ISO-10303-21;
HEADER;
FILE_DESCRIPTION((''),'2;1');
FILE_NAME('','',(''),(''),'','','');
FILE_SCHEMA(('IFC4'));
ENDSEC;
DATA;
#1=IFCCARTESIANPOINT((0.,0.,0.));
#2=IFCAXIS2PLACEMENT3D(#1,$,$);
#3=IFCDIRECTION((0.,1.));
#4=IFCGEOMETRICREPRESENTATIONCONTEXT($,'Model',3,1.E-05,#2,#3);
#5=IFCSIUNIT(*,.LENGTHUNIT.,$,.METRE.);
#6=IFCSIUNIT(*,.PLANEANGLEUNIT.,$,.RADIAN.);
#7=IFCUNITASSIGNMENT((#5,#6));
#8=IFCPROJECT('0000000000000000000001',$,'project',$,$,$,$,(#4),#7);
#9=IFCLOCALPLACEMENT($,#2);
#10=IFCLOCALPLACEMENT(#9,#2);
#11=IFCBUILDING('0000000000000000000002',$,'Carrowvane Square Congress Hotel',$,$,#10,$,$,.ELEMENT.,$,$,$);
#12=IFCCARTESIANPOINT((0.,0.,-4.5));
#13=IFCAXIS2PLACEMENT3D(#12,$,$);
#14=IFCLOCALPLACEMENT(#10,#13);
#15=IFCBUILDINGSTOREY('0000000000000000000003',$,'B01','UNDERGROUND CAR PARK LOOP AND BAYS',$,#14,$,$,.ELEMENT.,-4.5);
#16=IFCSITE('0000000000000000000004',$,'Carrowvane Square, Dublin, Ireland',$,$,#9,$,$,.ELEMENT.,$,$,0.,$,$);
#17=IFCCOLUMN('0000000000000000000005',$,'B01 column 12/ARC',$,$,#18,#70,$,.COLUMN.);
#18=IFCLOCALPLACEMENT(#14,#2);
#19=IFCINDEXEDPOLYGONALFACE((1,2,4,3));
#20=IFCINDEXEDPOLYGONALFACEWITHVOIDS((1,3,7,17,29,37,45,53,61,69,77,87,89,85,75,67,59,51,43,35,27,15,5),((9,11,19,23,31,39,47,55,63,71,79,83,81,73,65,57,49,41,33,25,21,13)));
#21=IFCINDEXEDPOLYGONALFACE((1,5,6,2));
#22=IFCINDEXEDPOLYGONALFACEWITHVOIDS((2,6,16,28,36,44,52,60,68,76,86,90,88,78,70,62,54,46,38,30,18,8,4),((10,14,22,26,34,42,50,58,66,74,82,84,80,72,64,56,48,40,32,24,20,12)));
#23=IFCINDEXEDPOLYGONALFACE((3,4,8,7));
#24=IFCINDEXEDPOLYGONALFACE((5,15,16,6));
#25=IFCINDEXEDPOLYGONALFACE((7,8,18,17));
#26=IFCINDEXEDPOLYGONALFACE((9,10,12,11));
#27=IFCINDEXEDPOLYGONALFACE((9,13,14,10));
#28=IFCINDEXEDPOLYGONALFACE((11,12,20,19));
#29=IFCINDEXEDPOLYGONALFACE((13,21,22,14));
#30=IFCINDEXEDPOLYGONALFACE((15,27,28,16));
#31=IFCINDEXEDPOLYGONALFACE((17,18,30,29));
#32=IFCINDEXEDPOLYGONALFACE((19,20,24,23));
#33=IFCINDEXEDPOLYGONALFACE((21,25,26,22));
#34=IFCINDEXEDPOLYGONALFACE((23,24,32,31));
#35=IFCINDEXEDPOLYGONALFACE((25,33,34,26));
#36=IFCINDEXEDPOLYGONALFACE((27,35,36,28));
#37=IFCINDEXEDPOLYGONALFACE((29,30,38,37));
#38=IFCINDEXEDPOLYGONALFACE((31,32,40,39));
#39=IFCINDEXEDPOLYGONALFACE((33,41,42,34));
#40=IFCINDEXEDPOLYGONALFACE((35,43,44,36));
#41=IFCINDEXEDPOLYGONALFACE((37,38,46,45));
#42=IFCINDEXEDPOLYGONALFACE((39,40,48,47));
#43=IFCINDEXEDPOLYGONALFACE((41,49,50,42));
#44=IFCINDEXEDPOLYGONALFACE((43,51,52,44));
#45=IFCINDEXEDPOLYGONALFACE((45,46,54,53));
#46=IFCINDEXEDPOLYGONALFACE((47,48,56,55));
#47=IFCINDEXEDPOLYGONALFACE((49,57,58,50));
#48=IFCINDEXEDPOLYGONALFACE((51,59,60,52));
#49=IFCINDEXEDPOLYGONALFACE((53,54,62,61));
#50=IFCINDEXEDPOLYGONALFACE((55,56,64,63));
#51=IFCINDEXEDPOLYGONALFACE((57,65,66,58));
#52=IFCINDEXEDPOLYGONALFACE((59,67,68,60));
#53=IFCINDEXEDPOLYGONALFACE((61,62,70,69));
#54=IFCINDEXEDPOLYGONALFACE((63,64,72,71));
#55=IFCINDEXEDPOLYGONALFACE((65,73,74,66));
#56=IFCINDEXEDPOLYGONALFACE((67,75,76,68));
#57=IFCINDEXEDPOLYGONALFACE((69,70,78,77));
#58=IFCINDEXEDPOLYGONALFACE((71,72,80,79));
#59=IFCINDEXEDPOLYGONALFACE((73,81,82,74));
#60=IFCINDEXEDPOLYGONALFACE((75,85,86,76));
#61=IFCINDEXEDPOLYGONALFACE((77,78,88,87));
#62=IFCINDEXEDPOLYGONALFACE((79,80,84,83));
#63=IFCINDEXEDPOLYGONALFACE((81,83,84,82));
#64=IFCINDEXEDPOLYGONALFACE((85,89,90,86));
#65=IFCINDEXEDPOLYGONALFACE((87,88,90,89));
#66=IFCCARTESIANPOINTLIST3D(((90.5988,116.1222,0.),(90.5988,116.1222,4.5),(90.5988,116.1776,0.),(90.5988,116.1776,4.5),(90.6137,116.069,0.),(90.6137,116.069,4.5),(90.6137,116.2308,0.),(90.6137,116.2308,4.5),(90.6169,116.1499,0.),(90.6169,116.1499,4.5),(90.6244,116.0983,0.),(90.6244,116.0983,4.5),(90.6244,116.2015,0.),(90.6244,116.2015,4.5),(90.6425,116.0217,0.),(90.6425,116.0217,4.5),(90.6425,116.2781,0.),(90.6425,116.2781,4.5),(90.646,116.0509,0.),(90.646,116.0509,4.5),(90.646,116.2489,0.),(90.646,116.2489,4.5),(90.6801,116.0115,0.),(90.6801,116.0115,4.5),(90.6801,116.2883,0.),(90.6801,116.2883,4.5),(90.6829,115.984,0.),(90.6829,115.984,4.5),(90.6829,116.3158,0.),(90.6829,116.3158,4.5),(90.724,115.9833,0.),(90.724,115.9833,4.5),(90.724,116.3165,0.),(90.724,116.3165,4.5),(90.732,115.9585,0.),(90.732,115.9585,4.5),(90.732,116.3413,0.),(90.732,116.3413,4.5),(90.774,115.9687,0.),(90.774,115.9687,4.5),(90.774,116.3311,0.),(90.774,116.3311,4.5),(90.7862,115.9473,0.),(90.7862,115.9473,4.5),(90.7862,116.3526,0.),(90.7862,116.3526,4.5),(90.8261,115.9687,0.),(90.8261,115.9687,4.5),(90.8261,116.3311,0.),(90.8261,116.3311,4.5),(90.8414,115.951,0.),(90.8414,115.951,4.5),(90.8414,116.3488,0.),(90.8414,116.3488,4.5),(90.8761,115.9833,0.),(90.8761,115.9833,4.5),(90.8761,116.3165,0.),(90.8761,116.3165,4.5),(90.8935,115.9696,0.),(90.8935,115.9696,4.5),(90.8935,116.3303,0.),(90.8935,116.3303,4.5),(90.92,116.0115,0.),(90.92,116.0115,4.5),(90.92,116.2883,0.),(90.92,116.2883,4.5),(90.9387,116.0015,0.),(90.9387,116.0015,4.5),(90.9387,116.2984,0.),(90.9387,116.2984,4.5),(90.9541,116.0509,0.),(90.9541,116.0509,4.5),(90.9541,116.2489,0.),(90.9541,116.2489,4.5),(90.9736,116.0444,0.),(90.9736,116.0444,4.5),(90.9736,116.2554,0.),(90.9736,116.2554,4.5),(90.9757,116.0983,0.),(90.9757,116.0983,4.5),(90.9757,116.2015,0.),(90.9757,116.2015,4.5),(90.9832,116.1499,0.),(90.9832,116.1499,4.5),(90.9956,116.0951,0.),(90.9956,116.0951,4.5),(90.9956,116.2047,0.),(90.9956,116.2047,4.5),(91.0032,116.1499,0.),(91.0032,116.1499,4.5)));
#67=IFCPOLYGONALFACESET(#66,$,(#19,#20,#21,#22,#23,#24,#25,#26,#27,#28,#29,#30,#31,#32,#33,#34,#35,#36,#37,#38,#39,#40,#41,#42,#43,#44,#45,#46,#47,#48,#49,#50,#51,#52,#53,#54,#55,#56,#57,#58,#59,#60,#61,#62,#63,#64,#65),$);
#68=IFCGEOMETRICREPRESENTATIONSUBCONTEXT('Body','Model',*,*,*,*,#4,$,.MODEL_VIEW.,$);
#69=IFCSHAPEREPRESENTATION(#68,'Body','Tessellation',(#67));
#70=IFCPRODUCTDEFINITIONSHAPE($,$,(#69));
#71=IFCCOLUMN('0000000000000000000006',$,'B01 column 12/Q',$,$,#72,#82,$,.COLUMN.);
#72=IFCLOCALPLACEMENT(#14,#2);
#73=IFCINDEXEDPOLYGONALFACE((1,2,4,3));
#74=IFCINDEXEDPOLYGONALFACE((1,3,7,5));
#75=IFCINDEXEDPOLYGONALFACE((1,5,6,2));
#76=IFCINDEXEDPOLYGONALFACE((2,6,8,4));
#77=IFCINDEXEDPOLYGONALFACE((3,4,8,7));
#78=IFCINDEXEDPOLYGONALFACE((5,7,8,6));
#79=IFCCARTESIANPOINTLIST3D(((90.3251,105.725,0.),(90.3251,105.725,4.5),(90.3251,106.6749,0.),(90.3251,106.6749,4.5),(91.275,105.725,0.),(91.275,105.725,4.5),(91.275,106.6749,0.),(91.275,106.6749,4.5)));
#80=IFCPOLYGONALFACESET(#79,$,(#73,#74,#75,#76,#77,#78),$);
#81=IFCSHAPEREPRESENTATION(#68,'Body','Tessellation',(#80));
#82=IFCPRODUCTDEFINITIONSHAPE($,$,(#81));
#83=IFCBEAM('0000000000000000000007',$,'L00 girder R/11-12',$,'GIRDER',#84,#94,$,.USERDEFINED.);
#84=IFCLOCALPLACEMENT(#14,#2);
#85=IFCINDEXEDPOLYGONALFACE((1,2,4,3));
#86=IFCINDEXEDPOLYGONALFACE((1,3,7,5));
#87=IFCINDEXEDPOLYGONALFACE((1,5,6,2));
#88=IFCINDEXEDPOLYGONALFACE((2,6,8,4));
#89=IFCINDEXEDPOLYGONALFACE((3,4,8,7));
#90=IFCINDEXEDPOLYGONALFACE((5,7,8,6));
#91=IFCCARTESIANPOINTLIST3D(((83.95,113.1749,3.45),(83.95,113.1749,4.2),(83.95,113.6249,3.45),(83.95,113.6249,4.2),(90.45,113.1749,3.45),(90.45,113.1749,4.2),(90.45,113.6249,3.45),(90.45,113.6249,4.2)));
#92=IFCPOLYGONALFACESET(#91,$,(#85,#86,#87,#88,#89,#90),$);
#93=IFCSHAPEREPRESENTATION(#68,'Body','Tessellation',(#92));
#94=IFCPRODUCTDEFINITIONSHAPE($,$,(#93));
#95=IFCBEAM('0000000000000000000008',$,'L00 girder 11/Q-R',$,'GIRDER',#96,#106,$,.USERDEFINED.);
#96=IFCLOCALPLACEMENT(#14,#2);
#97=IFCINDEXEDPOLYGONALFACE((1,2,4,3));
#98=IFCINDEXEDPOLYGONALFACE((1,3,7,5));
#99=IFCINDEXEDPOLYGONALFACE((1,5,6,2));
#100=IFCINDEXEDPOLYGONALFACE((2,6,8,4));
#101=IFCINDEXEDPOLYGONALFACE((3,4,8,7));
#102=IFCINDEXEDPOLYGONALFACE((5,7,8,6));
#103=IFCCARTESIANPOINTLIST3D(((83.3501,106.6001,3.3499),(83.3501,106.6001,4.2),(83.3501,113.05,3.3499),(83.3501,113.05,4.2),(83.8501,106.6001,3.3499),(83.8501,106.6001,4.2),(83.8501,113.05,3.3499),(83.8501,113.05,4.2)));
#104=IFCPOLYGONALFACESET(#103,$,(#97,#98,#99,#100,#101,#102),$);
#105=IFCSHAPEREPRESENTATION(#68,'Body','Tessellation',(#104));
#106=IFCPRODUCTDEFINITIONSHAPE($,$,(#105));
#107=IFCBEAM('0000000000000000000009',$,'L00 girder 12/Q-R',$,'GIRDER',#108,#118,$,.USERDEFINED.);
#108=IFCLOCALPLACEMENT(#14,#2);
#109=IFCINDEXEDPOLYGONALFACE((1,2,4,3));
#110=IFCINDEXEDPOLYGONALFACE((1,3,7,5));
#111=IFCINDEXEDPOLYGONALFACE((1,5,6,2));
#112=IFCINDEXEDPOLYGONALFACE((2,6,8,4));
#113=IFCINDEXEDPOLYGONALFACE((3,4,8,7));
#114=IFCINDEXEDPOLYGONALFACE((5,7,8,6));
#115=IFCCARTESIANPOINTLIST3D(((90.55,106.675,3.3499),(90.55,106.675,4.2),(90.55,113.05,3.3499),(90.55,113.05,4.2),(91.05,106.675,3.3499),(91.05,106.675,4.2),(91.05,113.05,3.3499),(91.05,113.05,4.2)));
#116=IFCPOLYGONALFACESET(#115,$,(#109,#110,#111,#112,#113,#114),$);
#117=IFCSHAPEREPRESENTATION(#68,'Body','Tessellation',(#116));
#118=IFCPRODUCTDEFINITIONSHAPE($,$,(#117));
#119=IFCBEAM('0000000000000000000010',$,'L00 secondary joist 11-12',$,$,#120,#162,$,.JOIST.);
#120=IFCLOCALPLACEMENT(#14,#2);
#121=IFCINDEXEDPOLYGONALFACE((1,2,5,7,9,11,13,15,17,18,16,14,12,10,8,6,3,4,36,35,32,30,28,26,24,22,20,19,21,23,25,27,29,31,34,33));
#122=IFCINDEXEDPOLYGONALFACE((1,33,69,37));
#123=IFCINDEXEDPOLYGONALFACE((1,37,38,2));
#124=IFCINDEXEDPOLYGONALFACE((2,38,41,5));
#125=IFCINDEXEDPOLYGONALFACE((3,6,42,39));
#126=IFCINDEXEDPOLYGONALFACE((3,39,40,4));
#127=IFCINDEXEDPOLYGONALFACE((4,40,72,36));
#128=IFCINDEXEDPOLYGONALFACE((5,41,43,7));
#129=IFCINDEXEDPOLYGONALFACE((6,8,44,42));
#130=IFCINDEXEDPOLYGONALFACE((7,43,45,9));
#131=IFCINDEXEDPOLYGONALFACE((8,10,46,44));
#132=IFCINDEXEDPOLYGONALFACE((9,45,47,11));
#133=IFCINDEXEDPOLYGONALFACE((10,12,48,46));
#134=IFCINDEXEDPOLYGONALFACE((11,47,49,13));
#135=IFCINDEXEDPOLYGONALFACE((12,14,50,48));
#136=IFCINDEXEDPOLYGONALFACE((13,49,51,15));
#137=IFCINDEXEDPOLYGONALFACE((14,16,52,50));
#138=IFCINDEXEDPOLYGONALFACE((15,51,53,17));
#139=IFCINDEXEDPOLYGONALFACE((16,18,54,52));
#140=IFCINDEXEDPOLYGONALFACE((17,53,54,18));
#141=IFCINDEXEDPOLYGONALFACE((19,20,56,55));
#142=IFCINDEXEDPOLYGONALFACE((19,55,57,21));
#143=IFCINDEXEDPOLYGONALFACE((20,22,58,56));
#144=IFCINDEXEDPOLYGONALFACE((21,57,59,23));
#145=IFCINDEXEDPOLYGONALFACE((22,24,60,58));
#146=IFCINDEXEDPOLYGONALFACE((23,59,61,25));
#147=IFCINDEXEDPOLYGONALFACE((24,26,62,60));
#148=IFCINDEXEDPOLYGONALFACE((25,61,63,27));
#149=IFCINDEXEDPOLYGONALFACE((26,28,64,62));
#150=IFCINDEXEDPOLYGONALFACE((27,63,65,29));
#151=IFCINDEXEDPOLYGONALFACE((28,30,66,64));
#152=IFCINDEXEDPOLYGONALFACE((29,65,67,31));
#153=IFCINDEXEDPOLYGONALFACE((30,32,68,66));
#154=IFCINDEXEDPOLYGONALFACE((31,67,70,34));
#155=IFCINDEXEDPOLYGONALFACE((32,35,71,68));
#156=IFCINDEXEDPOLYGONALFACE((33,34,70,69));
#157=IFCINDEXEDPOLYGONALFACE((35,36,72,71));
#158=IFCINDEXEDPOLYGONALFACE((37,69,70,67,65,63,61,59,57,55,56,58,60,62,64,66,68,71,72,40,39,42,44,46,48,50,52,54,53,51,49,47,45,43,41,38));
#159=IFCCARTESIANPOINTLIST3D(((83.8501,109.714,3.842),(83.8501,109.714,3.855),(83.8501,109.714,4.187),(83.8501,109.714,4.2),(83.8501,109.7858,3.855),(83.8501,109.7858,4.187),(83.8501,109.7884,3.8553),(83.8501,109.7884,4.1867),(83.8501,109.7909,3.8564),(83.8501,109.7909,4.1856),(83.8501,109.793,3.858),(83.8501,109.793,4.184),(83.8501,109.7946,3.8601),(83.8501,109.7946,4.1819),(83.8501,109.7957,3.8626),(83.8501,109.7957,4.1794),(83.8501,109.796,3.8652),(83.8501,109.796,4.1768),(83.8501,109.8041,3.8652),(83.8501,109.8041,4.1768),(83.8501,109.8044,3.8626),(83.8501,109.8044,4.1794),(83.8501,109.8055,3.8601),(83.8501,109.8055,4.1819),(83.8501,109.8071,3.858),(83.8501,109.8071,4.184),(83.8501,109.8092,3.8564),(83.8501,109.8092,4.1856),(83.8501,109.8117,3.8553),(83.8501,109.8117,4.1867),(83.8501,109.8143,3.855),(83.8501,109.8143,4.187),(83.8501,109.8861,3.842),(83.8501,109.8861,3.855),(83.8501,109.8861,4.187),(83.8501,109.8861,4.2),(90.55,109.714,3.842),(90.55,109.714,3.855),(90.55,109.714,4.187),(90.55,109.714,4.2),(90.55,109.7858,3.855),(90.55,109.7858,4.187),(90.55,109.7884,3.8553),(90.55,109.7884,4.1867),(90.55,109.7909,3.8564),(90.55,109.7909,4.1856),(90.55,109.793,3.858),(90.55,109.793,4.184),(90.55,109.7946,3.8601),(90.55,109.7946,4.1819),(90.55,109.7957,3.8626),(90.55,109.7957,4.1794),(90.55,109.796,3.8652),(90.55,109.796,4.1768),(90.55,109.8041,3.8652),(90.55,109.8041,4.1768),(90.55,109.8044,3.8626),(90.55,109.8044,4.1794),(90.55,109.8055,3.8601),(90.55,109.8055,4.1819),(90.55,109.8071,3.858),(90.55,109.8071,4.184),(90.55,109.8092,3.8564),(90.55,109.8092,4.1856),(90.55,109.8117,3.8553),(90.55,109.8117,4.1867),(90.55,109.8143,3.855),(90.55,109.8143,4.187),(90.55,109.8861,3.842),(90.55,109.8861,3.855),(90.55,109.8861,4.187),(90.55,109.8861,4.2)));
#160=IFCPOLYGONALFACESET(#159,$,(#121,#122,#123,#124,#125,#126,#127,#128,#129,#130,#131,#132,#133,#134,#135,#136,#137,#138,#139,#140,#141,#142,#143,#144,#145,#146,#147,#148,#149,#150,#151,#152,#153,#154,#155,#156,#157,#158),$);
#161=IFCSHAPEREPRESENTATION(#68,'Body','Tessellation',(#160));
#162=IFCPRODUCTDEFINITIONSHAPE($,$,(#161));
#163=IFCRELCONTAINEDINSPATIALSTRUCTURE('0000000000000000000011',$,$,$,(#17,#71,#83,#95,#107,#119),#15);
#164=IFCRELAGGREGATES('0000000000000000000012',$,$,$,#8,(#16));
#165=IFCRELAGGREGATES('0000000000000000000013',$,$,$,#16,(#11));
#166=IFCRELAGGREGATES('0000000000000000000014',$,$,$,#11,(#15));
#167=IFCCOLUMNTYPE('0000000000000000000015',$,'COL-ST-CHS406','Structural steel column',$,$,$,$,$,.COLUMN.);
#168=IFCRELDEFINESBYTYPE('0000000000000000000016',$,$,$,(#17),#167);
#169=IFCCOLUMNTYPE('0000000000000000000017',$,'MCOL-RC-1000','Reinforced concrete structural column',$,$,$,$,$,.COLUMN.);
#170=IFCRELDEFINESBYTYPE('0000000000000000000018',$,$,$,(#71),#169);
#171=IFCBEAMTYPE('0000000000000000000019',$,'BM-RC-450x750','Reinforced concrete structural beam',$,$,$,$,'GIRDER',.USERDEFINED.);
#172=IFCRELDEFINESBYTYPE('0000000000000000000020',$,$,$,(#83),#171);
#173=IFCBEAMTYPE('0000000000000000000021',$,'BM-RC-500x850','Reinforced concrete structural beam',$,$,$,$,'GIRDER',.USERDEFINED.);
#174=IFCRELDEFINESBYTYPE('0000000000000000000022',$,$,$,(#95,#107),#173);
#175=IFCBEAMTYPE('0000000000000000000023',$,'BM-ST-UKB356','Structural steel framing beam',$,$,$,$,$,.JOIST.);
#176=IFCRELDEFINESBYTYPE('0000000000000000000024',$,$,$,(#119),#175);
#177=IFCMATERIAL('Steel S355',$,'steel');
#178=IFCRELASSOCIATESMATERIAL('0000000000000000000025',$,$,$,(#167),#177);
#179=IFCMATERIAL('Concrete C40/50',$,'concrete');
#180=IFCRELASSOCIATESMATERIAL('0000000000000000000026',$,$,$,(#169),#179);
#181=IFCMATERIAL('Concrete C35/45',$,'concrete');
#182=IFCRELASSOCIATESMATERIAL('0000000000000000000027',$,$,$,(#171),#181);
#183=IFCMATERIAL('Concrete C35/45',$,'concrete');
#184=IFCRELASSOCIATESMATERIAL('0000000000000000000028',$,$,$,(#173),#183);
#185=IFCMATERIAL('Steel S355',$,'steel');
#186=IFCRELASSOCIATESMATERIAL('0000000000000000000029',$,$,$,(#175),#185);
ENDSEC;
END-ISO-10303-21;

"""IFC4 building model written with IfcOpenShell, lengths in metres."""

from ifc_helpers import new_model, si_unit, direction, frame, origin, origin_2d, place, context, subcontext, project, spatial, rectangle, hollow_circle, i_section, extrude, material, material_profile, profile_set, type_object, element, save


model = new_model("IFC4")

# Units and contexts
model_context = context("Model", 3, precision=1e-05, world=origin(), true_north=direction((0.0, 1.0)))
body_context = subcontext(model_context, "Body", "Model", "MODEL_VIEW")
ifc_project = project(units=[si_unit("LENGTHUNIT", "METRE"), si_unit("PLANEANGLEUNIT", "RADIAN")], contexts=[model_context])

# Site, building, storey
site_placement = place(None, origin())
site = spatial("IfcSite", under=ifc_project, at=site_placement, Name="Carrowvane Square, Dublin, Ireland", CompositionType="ELEMENT", RefElevation=0.0)
building_placement = place(site_placement, origin())
building = spatial("IfcBuilding", under=site, at=building_placement, Name="Carrowvane Square Congress Hotel", CompositionType="ELEMENT")
storey_placement = place(building_placement, frame((0.0, 0.0, -4.5)))
storey = spatial("IfcBuildingStorey", under=building, at=storey_placement, Name="B01", Description="UNDERGROUND CAR PARK LOOP AND BAYS", CompositionType="ELEMENT", Elevation=-4.5)

# Columns
ifc_material_1 = material(Name="Steel S355", Category="steel")
ifc_material_profile_1 = material_profile(ifc_material_1, hollow_circle(Radius=0.2031, WallThickness=0.02, at=origin_2d()), Name="CHS 406.4x20")
ifc_profile_set_1 = profile_set([ifc_material_profile_1], Name="Steel S355")
column_type_1 = type_object("IfcColumnType", Name="COL-ST-CHS406", Description="Structural steel column", PredefinedType="COLUMN", material=ifc_profile_set_1)
for number, where, z_axis, x_axis, name in (
    (1, (90.8, 116.1499, 0.0), (0.0, 0.0, 1.0), (1.0, 0.0, 0.0), "B01 column 12/ARC"),
):
    element("IfcColumn", number, at=place(storey_placement, frame(where, z_axis=z_axis, x_axis=x_axis)), inside=storey, type_object=column_type_1, Name=name, PredefinedType="COLUMN", context=body_context, shape_type="SweptSolid", body=[
        extrude(hollow_circle(Radius=0.2031, WallThickness=0.02, at=origin_2d()), origin(), (0.0, 0.0, 1.0), 4.5),
    ])
ifc_material_2 = material(Name="Concrete C40/50", Category="concrete")
ifc_material_profile_2 = material_profile(ifc_material_2, rectangle(XDim=0.95, YDim=0.95, at=origin_2d()), Name="RC 950x950")
ifc_profile_set_2 = profile_set([ifc_material_profile_2], Name="Concrete C40/50")
column_type_2 = type_object("IfcColumnType", Name="MCOL-RC-1000", Description="Reinforced concrete structural column", PredefinedType="COLUMN", material=ifc_profile_set_2)
column_placement = place(storey_placement, frame((90.8, 106.2, 0.0), z_axis=(0.0, 0.0, 1.0), x_axis=(1.0, 0.0, 0.0)))
element("IfcColumn", 2, at=column_placement, inside=storey, type_object=column_type_2, Name="B01 column 12/Q", PredefinedType="COLUMN", context=body_context, shape_type="SweptSolid", body=[
    extrude(rectangle(XDim=0.95, YDim=0.95, at=origin_2d()), origin(), (0.0, 0.0, 1.0), 4.5),
])

# Beams
ifc_material_3 = material(Name="Concrete C35/45", Category="concrete")
ifc_material_profile_3 = material_profile(ifc_material_3, rectangle(XDim=0.45, YDim=0.75, at=origin_2d()), Name="RC 450x750")
ifc_profile_set_3 = profile_set([ifc_material_profile_3], Name="Concrete C35/45")
beam_type_1 = type_object("IfcBeamType", Name="BM-RC-450x750", Description="Reinforced concrete structural beam", ElementType="GIRDER", PredefinedType="USERDEFINED", material=ifc_profile_set_3)
beam_1_placement = place(storey_placement, frame((83.95, 113.3999, 3.825), z_axis=(1.0, 0.0, 0.0), x_axis=(0.0, 1.0, 0.0)))
element("IfcBeam", 3, at=beam_1_placement, inside=storey, type_object=beam_type_1, Name="L00 girder R/11-12", ObjectType="GIRDER", PredefinedType="USERDEFINED", context=body_context, shape_type="SweptSolid", body=[
    extrude(rectangle(XDim=0.45, YDim=0.75, at=origin_2d()), origin(), (0.0, 0.0, 1.0), 6.5),
])
ifc_material_4 = material(Name="Concrete C35/45", Category="concrete")
ifc_material_profile_4 = material_profile(ifc_material_4, rectangle(XDim=0.5, YDim=0.8501, at=origin_2d()), Name="RC 500x850")
ifc_profile_set_4 = profile_set([ifc_material_profile_4], Name="Concrete C35/45")
beam_type_2 = type_object("IfcBeamType", Name="BM-RC-500x850", Description="Reinforced concrete structural beam", ElementType="GIRDER", PredefinedType="USERDEFINED", material=ifc_profile_set_4)
beam_2_placement = place(storey_placement, frame((83.6001, 106.6001, 3.7749), z_axis=(0.0, 1.0, 0.0), x_axis=(-1.0, 0.0, 0.0)))
element("IfcBeam", 4, at=beam_2_placement, inside=storey, type_object=beam_type_2, Name="L00 girder 11/Q-R", ObjectType="GIRDER", PredefinedType="USERDEFINED", context=body_context, shape_type="SweptSolid", body=[
    extrude(rectangle(XDim=0.5, YDim=0.8501, at=origin_2d()), origin(), (0.0, 0.0, 1.0), 6.45),
])
beam_3_placement = place(storey_placement, frame((90.8, 106.675, 3.7749), z_axis=(0.0, 1.0, 0.0), x_axis=(-1.0, 0.0, 0.0)))
element("IfcBeam", 5, at=beam_3_placement, inside=storey, type_object=beam_type_2, Name="L00 girder 12/Q-R", ObjectType="GIRDER", PredefinedType="USERDEFINED", context=body_context, shape_type="SweptSolid", body=[
    extrude(rectangle(XDim=0.5, YDim=0.8501, at=origin_2d()), origin(), (0.0, 0.0, 1.0), 6.375),
])
ifc_material_5 = material(Name="Steel S355", Category="steel")
ifc_material_profile_5 = material_profile(ifc_material_5, i_section(OverallWidth=0.1721, OverallDepth=0.3579, WebThickness=0.0081, FlangeThickness=0.0129, FilletRadius=0.0103, at=origin_2d()), Name="UKB 356x171x57")
ifc_profile_set_5 = profile_set([ifc_material_profile_5], Name="Steel S355")
beam_type_3 = type_object("IfcBeamType", Name="BM-ST-UKB356", Description="Structural steel framing beam", PredefinedType="JOIST", material=ifc_profile_set_5)
beam_4_placement = place(storey_placement, frame((83.8501, 109.8, 4.021), z_axis=(1.0, 0.0, 0.0), x_axis=(0.0, 1.0, 0.0)))
element("IfcBeam", 6, at=beam_4_placement, inside=storey, type_object=beam_type_3, Name="L00 secondary joist 11-12", PredefinedType="JOIST", context=body_context, shape_type="SweptSolid", body=[
    extrude(i_section(OverallWidth=0.1721, OverallDepth=0.3579, WebThickness=0.0081, FlangeThickness=0.0129, FilletRadius=0.0103, at=origin_2d()), origin(), (0.0, 0.0, 1.0), 6.7),
])

save(model, "model.ifc")
